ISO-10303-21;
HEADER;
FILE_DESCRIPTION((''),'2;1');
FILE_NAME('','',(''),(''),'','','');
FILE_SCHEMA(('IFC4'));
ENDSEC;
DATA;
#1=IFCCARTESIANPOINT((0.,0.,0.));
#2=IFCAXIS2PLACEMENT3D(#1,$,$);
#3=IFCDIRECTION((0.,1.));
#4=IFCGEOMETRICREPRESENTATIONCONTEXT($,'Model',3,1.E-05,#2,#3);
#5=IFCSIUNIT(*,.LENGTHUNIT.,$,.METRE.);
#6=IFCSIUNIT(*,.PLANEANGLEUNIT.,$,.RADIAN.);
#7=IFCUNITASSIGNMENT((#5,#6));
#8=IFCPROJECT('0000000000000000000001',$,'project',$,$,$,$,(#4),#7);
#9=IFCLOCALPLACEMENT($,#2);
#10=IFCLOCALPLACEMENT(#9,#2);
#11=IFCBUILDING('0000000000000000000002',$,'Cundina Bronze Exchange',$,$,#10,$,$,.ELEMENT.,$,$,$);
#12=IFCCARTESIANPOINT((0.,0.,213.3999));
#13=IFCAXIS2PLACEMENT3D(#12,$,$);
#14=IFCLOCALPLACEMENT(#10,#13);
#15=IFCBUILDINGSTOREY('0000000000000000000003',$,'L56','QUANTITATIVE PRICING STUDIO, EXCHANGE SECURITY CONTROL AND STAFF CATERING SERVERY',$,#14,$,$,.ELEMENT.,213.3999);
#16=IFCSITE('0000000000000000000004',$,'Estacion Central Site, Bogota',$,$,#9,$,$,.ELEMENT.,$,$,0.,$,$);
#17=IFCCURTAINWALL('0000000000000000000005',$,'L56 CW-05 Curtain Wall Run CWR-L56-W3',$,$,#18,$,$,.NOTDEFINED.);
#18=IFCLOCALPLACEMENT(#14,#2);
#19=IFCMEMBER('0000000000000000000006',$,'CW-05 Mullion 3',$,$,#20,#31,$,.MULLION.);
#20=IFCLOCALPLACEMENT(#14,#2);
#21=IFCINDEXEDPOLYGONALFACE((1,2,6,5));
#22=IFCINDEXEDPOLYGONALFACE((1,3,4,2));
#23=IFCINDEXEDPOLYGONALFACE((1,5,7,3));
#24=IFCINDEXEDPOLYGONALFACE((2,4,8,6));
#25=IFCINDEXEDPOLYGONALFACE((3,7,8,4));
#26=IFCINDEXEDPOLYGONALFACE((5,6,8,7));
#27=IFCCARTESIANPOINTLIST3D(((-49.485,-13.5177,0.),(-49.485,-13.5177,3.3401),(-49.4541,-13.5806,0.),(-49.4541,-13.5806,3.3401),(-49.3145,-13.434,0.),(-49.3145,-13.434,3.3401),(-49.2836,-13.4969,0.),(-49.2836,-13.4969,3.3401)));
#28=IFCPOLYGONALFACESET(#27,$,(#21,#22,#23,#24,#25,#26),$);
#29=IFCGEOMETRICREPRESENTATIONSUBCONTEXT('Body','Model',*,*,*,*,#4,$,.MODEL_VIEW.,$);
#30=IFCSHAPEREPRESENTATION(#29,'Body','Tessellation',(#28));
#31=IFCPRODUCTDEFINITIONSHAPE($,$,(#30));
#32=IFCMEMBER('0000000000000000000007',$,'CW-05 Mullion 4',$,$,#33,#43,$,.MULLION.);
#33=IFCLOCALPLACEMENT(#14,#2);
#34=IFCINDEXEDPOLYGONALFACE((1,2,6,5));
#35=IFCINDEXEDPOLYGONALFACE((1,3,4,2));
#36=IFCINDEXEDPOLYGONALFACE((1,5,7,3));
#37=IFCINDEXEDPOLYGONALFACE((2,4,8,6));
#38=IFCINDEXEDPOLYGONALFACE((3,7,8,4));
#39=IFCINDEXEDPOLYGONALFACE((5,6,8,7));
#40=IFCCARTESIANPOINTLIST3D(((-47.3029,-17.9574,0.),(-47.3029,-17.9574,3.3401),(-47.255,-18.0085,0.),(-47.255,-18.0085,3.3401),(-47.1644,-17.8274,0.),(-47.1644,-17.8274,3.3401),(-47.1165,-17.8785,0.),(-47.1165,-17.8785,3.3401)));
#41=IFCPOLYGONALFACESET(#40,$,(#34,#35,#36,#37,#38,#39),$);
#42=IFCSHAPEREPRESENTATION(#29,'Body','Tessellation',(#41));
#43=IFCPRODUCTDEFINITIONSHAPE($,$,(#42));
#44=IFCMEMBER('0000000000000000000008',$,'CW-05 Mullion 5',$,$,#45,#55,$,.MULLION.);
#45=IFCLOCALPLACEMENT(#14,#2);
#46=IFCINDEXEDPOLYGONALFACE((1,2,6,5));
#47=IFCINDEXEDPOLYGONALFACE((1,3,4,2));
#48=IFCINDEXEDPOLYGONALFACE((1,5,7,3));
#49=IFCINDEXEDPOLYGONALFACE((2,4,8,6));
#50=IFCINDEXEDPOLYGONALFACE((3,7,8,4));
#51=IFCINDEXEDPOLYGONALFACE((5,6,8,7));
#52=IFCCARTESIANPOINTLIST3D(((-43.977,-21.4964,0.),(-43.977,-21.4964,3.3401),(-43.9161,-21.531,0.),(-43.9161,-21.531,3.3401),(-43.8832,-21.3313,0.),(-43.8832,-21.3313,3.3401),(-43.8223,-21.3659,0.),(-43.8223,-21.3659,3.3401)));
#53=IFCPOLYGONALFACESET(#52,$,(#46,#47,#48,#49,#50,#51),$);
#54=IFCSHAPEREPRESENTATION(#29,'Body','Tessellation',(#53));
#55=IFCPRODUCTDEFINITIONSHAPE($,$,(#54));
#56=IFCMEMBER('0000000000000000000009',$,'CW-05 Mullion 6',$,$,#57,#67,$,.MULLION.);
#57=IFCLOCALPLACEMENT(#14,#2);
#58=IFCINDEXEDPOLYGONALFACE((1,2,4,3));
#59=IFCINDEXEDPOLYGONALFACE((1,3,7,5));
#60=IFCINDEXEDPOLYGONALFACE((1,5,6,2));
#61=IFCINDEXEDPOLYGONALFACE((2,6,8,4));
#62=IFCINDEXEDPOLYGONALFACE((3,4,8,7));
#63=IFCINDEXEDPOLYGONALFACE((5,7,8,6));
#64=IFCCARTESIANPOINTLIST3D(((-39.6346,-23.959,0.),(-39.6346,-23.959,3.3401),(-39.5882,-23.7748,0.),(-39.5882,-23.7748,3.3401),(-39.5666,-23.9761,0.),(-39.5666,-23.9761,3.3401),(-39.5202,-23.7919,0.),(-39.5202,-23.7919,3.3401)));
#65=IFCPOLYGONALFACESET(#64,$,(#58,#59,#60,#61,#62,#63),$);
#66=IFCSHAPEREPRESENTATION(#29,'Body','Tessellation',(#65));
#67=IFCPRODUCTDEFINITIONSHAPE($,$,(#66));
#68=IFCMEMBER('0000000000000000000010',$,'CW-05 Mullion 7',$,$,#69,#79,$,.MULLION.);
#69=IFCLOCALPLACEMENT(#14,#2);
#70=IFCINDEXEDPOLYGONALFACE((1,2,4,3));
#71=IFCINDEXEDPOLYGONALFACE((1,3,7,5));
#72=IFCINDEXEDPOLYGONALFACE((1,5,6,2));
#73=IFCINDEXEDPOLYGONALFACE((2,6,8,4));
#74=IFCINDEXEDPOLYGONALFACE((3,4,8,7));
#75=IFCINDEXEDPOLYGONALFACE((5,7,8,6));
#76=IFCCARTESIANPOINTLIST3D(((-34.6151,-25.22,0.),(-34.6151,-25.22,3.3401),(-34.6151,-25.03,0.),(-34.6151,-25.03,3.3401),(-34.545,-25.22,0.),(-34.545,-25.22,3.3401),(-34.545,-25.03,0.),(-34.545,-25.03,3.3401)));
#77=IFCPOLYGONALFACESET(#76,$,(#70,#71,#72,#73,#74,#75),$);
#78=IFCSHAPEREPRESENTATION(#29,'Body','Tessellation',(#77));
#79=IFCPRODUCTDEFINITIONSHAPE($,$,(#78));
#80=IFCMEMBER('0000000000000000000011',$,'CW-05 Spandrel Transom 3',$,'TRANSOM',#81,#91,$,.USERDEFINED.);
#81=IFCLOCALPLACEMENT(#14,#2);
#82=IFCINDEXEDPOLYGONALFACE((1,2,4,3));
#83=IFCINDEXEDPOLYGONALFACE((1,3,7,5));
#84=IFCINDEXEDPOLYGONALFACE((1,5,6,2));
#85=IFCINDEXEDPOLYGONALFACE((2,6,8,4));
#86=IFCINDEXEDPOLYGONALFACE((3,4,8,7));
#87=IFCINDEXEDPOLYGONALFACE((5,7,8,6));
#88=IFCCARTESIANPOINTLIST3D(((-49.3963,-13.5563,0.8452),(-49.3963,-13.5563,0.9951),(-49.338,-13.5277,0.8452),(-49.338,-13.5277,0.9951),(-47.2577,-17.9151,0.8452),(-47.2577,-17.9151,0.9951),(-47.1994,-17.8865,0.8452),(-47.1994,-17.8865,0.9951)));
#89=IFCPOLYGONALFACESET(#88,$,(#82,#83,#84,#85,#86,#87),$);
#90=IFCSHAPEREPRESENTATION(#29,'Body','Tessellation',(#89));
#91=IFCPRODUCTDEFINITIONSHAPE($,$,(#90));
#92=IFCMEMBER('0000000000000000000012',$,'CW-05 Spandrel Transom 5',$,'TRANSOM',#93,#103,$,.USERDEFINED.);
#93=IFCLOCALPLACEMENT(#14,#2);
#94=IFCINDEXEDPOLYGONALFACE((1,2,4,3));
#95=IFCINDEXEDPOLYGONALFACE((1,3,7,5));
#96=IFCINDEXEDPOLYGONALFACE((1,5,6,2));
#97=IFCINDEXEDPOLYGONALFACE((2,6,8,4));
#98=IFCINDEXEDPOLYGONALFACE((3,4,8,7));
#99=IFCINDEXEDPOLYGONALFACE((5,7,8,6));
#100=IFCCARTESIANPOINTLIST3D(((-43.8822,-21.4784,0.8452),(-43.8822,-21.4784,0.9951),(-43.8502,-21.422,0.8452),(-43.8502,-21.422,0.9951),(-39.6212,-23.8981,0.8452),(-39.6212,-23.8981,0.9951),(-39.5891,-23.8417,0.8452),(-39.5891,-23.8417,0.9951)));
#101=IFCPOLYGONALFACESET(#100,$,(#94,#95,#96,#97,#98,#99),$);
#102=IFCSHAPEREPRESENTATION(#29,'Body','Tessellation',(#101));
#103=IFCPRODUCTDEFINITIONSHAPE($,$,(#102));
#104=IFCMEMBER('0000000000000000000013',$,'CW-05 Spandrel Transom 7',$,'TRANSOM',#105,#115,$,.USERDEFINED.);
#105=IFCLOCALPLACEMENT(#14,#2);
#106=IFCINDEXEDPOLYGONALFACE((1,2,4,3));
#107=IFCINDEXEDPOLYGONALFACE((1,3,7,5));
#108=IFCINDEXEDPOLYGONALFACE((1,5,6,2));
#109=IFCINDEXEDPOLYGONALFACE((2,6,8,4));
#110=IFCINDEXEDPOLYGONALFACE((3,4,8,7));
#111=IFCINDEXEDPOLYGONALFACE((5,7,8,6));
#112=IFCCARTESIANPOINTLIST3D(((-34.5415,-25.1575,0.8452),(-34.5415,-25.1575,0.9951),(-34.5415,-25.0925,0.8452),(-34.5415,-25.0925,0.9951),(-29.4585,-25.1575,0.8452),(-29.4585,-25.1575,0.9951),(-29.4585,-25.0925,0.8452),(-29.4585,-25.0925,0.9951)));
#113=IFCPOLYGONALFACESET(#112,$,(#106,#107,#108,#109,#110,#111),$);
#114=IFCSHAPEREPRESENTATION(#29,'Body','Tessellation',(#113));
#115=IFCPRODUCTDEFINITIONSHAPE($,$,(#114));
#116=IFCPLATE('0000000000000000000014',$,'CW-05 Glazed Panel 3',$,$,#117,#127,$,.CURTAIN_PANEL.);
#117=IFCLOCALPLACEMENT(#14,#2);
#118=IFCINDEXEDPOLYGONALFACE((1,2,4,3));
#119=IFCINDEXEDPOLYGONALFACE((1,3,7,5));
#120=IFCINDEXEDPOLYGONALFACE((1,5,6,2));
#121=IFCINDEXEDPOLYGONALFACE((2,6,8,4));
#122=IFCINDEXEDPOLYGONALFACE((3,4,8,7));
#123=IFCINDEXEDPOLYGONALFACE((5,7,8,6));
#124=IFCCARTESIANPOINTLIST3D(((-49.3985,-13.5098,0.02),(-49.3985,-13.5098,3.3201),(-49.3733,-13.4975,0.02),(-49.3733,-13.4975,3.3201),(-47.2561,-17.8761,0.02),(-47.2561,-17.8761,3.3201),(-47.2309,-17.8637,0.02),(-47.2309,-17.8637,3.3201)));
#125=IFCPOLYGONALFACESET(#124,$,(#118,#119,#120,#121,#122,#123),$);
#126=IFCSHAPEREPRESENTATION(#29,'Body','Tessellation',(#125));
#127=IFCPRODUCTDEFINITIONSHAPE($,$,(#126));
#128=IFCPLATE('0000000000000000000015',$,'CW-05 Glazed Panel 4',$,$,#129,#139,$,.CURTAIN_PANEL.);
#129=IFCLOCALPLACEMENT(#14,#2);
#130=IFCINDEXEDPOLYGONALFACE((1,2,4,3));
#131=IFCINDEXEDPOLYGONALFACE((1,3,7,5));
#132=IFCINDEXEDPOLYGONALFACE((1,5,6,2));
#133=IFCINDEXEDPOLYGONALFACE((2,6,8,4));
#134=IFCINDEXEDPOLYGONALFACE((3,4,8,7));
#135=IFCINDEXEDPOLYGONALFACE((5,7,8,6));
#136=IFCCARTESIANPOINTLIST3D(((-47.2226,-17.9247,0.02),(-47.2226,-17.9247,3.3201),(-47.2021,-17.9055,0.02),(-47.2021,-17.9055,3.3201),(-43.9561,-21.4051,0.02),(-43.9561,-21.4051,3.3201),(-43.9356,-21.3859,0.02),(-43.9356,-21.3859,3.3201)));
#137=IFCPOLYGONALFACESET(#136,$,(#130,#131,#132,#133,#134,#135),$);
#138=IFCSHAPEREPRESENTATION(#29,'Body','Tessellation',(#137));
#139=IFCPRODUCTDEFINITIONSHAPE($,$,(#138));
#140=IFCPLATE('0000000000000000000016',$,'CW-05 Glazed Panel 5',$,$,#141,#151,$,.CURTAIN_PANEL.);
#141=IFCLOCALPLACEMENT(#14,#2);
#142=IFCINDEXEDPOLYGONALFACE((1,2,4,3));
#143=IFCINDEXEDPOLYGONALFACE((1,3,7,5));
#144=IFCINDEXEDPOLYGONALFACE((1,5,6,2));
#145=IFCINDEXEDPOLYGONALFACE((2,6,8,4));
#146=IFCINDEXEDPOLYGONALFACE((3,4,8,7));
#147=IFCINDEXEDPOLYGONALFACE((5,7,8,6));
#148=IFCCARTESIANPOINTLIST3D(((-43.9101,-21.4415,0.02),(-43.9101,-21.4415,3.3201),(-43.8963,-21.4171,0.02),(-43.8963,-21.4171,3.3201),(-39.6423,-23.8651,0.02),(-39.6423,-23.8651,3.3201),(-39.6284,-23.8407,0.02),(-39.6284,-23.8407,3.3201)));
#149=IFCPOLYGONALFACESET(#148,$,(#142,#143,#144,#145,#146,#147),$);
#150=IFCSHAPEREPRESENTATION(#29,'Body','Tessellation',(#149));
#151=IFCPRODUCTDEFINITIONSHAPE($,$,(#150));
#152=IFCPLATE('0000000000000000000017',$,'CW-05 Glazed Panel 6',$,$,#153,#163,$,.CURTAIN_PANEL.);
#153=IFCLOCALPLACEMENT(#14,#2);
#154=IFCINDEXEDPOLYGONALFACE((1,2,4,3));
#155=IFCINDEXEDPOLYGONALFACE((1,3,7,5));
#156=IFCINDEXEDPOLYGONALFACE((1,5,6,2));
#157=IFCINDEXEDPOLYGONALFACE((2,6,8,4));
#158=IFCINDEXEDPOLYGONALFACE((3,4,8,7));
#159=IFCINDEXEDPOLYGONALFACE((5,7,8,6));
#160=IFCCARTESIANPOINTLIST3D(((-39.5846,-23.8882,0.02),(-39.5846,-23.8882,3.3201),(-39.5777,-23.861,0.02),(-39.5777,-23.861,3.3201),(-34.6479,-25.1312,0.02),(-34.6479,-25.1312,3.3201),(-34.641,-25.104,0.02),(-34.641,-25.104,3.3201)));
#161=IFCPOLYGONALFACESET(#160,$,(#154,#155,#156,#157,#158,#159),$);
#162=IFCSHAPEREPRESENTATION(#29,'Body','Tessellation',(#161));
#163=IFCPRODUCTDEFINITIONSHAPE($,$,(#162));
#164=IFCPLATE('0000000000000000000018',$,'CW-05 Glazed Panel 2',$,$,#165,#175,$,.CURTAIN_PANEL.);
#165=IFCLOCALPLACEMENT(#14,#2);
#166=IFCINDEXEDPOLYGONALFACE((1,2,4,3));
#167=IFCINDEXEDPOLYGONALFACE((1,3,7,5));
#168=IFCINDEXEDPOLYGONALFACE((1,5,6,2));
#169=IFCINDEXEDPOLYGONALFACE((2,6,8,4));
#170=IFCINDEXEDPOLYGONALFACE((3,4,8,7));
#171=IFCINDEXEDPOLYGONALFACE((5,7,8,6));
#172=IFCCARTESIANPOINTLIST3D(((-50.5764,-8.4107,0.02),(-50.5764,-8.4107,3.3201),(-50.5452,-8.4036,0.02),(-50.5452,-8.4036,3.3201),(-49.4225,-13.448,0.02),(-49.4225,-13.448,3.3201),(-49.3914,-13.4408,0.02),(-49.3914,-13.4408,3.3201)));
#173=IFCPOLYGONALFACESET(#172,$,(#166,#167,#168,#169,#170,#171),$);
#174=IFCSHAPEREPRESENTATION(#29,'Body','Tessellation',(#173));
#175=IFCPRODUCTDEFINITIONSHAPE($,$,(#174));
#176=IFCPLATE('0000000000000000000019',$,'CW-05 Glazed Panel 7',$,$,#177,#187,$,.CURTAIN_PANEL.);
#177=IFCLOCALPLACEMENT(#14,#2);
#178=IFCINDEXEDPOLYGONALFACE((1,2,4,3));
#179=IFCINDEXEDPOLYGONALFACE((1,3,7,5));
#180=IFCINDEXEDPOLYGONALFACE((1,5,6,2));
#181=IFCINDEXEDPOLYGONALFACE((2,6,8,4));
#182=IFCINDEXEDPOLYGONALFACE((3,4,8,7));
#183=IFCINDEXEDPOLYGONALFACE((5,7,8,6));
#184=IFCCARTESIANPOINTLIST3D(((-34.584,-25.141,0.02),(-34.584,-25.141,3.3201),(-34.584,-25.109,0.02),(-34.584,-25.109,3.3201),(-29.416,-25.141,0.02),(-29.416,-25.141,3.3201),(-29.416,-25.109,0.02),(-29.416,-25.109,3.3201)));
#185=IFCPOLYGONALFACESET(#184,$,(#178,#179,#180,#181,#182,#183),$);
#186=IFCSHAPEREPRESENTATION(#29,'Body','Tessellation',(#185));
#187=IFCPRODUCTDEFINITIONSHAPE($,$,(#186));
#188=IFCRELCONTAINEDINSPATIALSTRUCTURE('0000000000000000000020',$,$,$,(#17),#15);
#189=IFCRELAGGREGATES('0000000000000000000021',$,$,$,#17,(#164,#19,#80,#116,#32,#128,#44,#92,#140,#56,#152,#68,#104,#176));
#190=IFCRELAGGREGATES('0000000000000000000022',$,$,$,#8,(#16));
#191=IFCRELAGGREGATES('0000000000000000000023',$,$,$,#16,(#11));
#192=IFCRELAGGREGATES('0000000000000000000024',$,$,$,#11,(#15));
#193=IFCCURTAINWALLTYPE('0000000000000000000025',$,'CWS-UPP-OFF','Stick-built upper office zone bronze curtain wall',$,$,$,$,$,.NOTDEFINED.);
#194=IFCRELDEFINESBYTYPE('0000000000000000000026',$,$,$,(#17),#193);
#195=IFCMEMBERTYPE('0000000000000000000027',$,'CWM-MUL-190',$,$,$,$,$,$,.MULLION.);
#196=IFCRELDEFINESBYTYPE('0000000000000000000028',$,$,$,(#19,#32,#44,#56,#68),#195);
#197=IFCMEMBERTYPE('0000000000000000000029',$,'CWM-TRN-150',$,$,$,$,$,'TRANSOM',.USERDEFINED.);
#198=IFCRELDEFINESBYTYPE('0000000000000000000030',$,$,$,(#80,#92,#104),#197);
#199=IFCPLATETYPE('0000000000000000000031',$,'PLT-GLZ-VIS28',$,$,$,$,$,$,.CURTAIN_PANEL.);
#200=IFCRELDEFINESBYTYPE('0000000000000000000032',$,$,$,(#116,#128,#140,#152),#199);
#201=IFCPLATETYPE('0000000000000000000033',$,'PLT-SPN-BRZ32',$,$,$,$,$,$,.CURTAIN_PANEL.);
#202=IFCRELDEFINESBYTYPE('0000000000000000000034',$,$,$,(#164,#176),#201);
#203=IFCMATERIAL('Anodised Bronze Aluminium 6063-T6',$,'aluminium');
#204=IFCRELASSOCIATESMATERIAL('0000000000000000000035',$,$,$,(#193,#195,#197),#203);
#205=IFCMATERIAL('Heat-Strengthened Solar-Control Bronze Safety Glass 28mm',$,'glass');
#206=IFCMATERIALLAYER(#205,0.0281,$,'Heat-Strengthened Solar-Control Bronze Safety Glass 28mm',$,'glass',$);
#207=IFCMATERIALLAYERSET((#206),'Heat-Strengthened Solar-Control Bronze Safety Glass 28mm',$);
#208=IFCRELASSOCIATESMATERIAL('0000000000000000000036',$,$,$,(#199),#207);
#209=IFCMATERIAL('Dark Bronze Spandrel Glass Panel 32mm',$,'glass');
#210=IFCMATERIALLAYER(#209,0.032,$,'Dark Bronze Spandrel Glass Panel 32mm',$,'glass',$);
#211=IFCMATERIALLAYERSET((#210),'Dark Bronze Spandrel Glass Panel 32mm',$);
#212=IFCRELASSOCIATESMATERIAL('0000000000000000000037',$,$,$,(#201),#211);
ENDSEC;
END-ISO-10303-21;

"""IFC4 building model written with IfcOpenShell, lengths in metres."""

from ifc_helpers import new_model, si_unit, direction, frame, origin, origin_2d, place, context, subcontext, project, spatial, rectangle, extrude, material, layer, layer_set, material_profile, profile_set, type_object, element, aggregate, save


model = new_model("IFC4")

# Units and contexts
model_context = context("Model", 3, precision=1e-05, world=origin(), true_north=direction((0.0, 1.0)))
body_context = subcontext(model_context, "Body", "Model", "MODEL_VIEW")
ifc_project = project(units=[si_unit("LENGTHUNIT", "METRE"), si_unit("PLANEANGLEUNIT", "RADIAN")], contexts=[model_context])

# Site, building, storey
site_placement = place(None, origin())
site = spatial("IfcSite", under=ifc_project, at=site_placement, Name="Estacion Central Site, Bogota", CompositionType="ELEMENT", RefElevation=0.0)
building_placement = place(site_placement, origin())
building = spatial("IfcBuilding", under=site, at=building_placement, Name="Cundina Bronze Exchange", CompositionType="ELEMENT")
storey_placement = place(building_placement, frame((0.0, 0.0, 213.3999)))
storey = spatial("IfcBuildingStorey", under=building, at=storey_placement, Name="L56", Description="QUANTITATIVE PRICING STUDIO, EXCHANGE SECURITY CONTROL AND STAFF CATERING SERVERY", CompositionType="ELEMENT", Elevation=213.3999)

# Curtain wall, members, plates
ifc_material_1 = material(Name="Anodised Bronze Aluminium 6063-T6", Category="aluminium")
curtain_wall_type = type_object("IfcCurtainWallType", Name="CWS-UPP-OFF", Description="Stick-built upper office zone bronze curtain wall", PredefinedType="NOTDEFINED", material=ifc_material_1)
curtain_wall_placement = place(storey_placement, origin())
curtain_wall = element("IfcCurtainWall", 1, at=curtain_wall_placement, inside=storey, type_object=curtain_wall_type, Name="L56 CW-05 Curtain Wall Run CWR-L56-W3", PredefinedType="NOTDEFINED")
ifc_material_profile_1 = material_profile(ifc_material_1, rectangle(XDim=0.0701, YDim=0.1899, at=origin_2d()), Name="AL70X190", Category="aluminium")
ifc_profile_set_1 = profile_set([ifc_material_profile_1], Name="Anodised Bronze Aluminium 6063-T6")
member_type_1 = type_object("IfcMemberType", Name="CWM-MUL-190", PredefinedType="MULLION", material=ifc_profile_set_1)
member_1_placement = place(storey_placement, frame((-49.3843, -13.5073, 0.0), z_axis=(0.0, 0.0, 1.0), x_axis=(0.440566, -0.89772, 0.0)))
member_1 = element("IfcMember", 2, at=member_1_placement, type_object=member_type_1, Name="CW-05 Mullion 3", PredefinedType="MULLION", context=body_context, shape_type="SweptSolid", body=[
    extrude(rectangle(XDim=0.0701, YDim=0.1899, at=origin_2d()), origin(), (0.0, 0.0, 1.0), 3.3401),
])
member_2_placement = place(storey_placement, frame((-47.2097, -17.918, 0.0), z_axis=(0.0, 0.0, 1.0), x_axis=(0.684293, -0.729208, 0.0)))
member_2 = element("IfcMember", 3, at=member_2_placement, type_object=member_type_1, Name="CW-05 Mullion 4", PredefinedType="MULLION", context=body_context, shape_type="SweptSolid", body=[
    extrude(rectangle(XDim=0.0701, YDim=0.1899, at=origin_2d()), origin(), (0.0, 0.0, 1.0), 3.3401),
])
member_3_placement = place(storey_placement, frame((-43.8997, -21.4312, 0.0), z_axis=(0.0, 0.0, 1.0), x_axis=(0.869581, -0.49379, 0.0)))
member_3 = element("IfcMember", 4, at=member_3_placement, type_object=member_type_1, Name="CW-05 Mullion 5", PredefinedType="MULLION", context=body_context, shape_type="SweptSolid", body=[
    extrude(rectangle(XDim=0.0701, YDim=0.1899, at=origin_2d()), origin(), (0.0, 0.0, 1.0), 3.3401),
])
member_4_placement = place(storey_placement, frame((-39.5774, -23.8755, 0.0), z_axis=(0.0, 0.0, 1.0), x_axis=(0.969744, -0.244123, 0.0)))
member_4 = element("IfcMember", 5, at=member_4_placement, type_object=member_type_1, Name="CW-05 Mullion 6", PredefinedType="MULLION", context=body_context, shape_type="SweptSolid", body=[
    extrude(rectangle(XDim=0.0701, YDim=0.1899, at=origin_2d()), origin(), (0.0, 0.0, 1.0), 3.3401),
])
member_5_placement = place(storey_placement, frame((-34.5801, -25.125, 0.0), z_axis=(0.0, 0.0, 1.0), x_axis=(1.0, 0.0, 0.0)))
member_5 = element("IfcMember", 6, at=member_5_placement, type_object=member_type_1, Name="CW-05 Mullion 7", PredefinedType="MULLION", context=body_context, shape_type="SweptSolid", body=[
    extrude(rectangle(XDim=0.0701, YDim=0.1899, at=origin_2d()), origin(), (0.0, 0.0, 1.0), 3.3401),
])
ifc_material_profile_2 = material_profile(ifc_material_1, rectangle(XDim=0.0649, YDim=0.1499, at=origin_2d()), Name="AL65X150", Category="aluminium")
ifc_profile_set_2 = profile_set([ifc_material_profile_2], Name="Anodised Bronze Aluminium 6063-T6")
member_type_2 = type_object("IfcMemberType", Name="CWM-TRN-150", ElementType="TRANSOM", PredefinedType="USERDEFINED", material=ifc_profile_set_2)
member_6_placement = place(storey_placement, frame((-49.3672, -13.542, 0.9202), z_axis=(0.440483, -0.897761, 0.0), x_axis=(0.897761, 0.440483, 0.0)))
member_6 = element("IfcMember", 7, at=member_6_placement, type_object=member_type_2, Name="CW-05 Spandrel Transom 3", ObjectType="TRANSOM", PredefinedType="USERDEFINED", context=body_context, shape_type="SweptSolid", body=[
    extrude(rectangle(XDim=0.0649, YDim=0.1499, at=origin_2d()), origin(), (0.0, 0.0, 1.0), 4.8552),
])
member_7_placement = place(storey_placement, frame((-43.8662, -21.4502, 0.9202), z_axis=(0.869574, -0.493803, 0.0), x_axis=(0.493803, 0.869574, 0.0)))
member_7 = element("IfcMember", 8, at=member_7_placement, type_object=member_type_2, Name="CW-05 Spandrel Transom 5", ObjectType="TRANSOM", PredefinedType="USERDEFINED", context=body_context, shape_type="SweptSolid", body=[
    extrude(rectangle(XDim=0.0649, YDim=0.1499, at=origin_2d()), origin(), (0.0, 0.0, 1.0), 4.9001),
])
member_8_placement = place(storey_placement, frame((-34.5415, -25.125, 0.9202), z_axis=(1.0, 0.0, 0.0), x_axis=(0.0, 1.0, 0.0)))
member_8 = element("IfcMember", 9, at=member_8_placement, type_object=member_type_2, Name="CW-05 Spandrel Transom 7", ObjectType="TRANSOM", PredefinedType="USERDEFINED", context=body_context, shape_type="SweptSolid", body=[
    extrude(rectangle(XDim=0.0649, YDim=0.1499, at=origin_2d()), origin(), (0.0, 0.0, 1.0), 5.083),
])
ifc_material_2 = material(Name="Heat-Strengthened Solar-Control Bronze Safety Glass 28mm", Category="glass")
ifc_layer_1 = layer(ifc_material_2, 0.0281, Name="Heat-Strengthened Solar-Control Bronze Safety Glass 28mm", Category="glass")
ifc_layer_set_1 = layer_set([ifc_layer_1], Name="Heat-Strengthened Solar-Control Bronze Safety Glass 28mm")
plate_type_1 = type_object("IfcPlateType", Name="PLT-GLZ-VIS28", PredefinedType="CURTAIN_PANEL", material=ifc_layer_set_1)
plate_1_placement = place(storey_placement, frame((-48.3147, -15.6868, 0.02), z_axis=(0.0, 0.0, 1.0), x_axis=(0.440503, -0.897751, 0.0)))
plate_1 = element("IfcPlate", 10, at=plate_1_placement, type_object=plate_type_1, Name="CW-05 Glazed Panel 3", PredefinedType="CURTAIN_PANEL", context=body_context, shape_type="SweptSolid", body=[
    extrude(rectangle(XDim=4.8635, YDim=0.0281, at=origin_2d()), origin(), (0.0, 0.0, 1.0), 3.3),
])
plate_2_placement = place(storey_placement, frame((-45.5791, -19.6553, 0.02), z_axis=(0.0, 0.0, 1.0), x_axis=(0.684344, -0.72916, 0.0)))
plate_2 = element("IfcPlate", 11, at=plate_2_placement, type_object=plate_type_1, Name="CW-05 Glazed Panel 4", PredefinedType="CURTAIN_PANEL", context=body_context, shape_type="SweptSolid", body=[
    extrude(rectangle(XDim=4.7732, YDim=0.0281, at=origin_2d()), origin(), (0.0, 0.0, 1.0), 3.3),
])
plate_3_placement = place(storey_placement, frame((-41.7693, -22.6411, 0.02), z_axis=(0.0, 0.0, 1.0), x_axis=(0.869573, -0.493805, 0.0)))
plate_3 = element("IfcPlate", 12, at=plate_3_placement, type_object=plate_type_1, Name="CW-05 Glazed Panel 5", PredefinedType="CURTAIN_PANEL", context=body_context, shape_type="SweptSolid", body=[
    extrude(rectangle(XDim=4.908, YDim=0.0281, at=origin_2d()), origin(), (0.0, 0.0, 1.0), 3.3),
])
plate_4_placement = place(storey_placement, frame((-37.1128, -24.4961, 0.02), z_axis=(0.0, 0.0, 1.0), x_axis=(0.969732, -0.244174, 0.0)))
plate_4 = element("IfcPlate", 13, at=plate_4_placement, type_object=plate_type_1, Name="CW-05 Glazed Panel 6", PredefinedType="CURTAIN_PANEL", context=body_context, shape_type="SweptSolid", body=[
    extrude(rectangle(XDim=5.0908, YDim=0.0281, at=origin_2d()), origin(), (0.0, 0.0, 1.0), 3.3),
])
ifc_material_3 = material(Name="Dark Bronze Spandrel Glass Panel 32mm", Category="glass")
ifc_layer_2 = layer(ifc_material_3, 0.032, Name="Dark Bronze Spandrel Glass Panel 32mm", Category="glass")
ifc_layer_set_2 = layer_set([ifc_layer_2], Name="Dark Bronze Spandrel Glass Panel 32mm")
plate_type_2 = type_object("IfcPlateType", Name="PLT-SPN-BRZ32", PredefinedType="CURTAIN_PANEL", material=ifc_layer_set_2)
plate_5_placement = place(storey_placement, frame((-49.9839, -10.9258, 0.02), z_axis=(0.0, 0.0, 1.0), x_axis=(0.223284, -0.974753, 0.0)))
plate_5 = element("IfcPlate", 14, at=plate_5_placement, type_object=plate_type_2, Name="CW-05 Glazed Panel 2", PredefinedType="CURTAIN_PANEL", context=body_context, shape_type="SweptSolid", body=[
    extrude(rectangle(XDim=5.1677, YDim=0.032, at=origin_2d()), origin(), (0.0, 0.0, 1.0), 3.3),
])
plate_6_placement = place(storey_placement, frame((-32.0, -25.125, 0.02), z_axis=(0.0, 0.0, 1.0), x_axis=(1.0, 0.0, 0.0)))
plate_6 = element("IfcPlate", 15, at=plate_6_placement, type_object=plate_type_2, Name="CW-05 Glazed Panel 7", PredefinedType="CURTAIN_PANEL", context=body_context, shape_type="SweptSolid", body=[
    extrude(rectangle(XDim=5.168, YDim=0.032, at=origin_2d()), origin(), (0.0, 0.0, 1.0), 3.3),
])
aggregate(curtain_wall, [plate_5, member_1, member_6, plate_1, member_2, plate_2, member_3, member_7, plate_3, member_4, plate_4, member_5, member_8, plate_6])

save(model, "model.ifc")
